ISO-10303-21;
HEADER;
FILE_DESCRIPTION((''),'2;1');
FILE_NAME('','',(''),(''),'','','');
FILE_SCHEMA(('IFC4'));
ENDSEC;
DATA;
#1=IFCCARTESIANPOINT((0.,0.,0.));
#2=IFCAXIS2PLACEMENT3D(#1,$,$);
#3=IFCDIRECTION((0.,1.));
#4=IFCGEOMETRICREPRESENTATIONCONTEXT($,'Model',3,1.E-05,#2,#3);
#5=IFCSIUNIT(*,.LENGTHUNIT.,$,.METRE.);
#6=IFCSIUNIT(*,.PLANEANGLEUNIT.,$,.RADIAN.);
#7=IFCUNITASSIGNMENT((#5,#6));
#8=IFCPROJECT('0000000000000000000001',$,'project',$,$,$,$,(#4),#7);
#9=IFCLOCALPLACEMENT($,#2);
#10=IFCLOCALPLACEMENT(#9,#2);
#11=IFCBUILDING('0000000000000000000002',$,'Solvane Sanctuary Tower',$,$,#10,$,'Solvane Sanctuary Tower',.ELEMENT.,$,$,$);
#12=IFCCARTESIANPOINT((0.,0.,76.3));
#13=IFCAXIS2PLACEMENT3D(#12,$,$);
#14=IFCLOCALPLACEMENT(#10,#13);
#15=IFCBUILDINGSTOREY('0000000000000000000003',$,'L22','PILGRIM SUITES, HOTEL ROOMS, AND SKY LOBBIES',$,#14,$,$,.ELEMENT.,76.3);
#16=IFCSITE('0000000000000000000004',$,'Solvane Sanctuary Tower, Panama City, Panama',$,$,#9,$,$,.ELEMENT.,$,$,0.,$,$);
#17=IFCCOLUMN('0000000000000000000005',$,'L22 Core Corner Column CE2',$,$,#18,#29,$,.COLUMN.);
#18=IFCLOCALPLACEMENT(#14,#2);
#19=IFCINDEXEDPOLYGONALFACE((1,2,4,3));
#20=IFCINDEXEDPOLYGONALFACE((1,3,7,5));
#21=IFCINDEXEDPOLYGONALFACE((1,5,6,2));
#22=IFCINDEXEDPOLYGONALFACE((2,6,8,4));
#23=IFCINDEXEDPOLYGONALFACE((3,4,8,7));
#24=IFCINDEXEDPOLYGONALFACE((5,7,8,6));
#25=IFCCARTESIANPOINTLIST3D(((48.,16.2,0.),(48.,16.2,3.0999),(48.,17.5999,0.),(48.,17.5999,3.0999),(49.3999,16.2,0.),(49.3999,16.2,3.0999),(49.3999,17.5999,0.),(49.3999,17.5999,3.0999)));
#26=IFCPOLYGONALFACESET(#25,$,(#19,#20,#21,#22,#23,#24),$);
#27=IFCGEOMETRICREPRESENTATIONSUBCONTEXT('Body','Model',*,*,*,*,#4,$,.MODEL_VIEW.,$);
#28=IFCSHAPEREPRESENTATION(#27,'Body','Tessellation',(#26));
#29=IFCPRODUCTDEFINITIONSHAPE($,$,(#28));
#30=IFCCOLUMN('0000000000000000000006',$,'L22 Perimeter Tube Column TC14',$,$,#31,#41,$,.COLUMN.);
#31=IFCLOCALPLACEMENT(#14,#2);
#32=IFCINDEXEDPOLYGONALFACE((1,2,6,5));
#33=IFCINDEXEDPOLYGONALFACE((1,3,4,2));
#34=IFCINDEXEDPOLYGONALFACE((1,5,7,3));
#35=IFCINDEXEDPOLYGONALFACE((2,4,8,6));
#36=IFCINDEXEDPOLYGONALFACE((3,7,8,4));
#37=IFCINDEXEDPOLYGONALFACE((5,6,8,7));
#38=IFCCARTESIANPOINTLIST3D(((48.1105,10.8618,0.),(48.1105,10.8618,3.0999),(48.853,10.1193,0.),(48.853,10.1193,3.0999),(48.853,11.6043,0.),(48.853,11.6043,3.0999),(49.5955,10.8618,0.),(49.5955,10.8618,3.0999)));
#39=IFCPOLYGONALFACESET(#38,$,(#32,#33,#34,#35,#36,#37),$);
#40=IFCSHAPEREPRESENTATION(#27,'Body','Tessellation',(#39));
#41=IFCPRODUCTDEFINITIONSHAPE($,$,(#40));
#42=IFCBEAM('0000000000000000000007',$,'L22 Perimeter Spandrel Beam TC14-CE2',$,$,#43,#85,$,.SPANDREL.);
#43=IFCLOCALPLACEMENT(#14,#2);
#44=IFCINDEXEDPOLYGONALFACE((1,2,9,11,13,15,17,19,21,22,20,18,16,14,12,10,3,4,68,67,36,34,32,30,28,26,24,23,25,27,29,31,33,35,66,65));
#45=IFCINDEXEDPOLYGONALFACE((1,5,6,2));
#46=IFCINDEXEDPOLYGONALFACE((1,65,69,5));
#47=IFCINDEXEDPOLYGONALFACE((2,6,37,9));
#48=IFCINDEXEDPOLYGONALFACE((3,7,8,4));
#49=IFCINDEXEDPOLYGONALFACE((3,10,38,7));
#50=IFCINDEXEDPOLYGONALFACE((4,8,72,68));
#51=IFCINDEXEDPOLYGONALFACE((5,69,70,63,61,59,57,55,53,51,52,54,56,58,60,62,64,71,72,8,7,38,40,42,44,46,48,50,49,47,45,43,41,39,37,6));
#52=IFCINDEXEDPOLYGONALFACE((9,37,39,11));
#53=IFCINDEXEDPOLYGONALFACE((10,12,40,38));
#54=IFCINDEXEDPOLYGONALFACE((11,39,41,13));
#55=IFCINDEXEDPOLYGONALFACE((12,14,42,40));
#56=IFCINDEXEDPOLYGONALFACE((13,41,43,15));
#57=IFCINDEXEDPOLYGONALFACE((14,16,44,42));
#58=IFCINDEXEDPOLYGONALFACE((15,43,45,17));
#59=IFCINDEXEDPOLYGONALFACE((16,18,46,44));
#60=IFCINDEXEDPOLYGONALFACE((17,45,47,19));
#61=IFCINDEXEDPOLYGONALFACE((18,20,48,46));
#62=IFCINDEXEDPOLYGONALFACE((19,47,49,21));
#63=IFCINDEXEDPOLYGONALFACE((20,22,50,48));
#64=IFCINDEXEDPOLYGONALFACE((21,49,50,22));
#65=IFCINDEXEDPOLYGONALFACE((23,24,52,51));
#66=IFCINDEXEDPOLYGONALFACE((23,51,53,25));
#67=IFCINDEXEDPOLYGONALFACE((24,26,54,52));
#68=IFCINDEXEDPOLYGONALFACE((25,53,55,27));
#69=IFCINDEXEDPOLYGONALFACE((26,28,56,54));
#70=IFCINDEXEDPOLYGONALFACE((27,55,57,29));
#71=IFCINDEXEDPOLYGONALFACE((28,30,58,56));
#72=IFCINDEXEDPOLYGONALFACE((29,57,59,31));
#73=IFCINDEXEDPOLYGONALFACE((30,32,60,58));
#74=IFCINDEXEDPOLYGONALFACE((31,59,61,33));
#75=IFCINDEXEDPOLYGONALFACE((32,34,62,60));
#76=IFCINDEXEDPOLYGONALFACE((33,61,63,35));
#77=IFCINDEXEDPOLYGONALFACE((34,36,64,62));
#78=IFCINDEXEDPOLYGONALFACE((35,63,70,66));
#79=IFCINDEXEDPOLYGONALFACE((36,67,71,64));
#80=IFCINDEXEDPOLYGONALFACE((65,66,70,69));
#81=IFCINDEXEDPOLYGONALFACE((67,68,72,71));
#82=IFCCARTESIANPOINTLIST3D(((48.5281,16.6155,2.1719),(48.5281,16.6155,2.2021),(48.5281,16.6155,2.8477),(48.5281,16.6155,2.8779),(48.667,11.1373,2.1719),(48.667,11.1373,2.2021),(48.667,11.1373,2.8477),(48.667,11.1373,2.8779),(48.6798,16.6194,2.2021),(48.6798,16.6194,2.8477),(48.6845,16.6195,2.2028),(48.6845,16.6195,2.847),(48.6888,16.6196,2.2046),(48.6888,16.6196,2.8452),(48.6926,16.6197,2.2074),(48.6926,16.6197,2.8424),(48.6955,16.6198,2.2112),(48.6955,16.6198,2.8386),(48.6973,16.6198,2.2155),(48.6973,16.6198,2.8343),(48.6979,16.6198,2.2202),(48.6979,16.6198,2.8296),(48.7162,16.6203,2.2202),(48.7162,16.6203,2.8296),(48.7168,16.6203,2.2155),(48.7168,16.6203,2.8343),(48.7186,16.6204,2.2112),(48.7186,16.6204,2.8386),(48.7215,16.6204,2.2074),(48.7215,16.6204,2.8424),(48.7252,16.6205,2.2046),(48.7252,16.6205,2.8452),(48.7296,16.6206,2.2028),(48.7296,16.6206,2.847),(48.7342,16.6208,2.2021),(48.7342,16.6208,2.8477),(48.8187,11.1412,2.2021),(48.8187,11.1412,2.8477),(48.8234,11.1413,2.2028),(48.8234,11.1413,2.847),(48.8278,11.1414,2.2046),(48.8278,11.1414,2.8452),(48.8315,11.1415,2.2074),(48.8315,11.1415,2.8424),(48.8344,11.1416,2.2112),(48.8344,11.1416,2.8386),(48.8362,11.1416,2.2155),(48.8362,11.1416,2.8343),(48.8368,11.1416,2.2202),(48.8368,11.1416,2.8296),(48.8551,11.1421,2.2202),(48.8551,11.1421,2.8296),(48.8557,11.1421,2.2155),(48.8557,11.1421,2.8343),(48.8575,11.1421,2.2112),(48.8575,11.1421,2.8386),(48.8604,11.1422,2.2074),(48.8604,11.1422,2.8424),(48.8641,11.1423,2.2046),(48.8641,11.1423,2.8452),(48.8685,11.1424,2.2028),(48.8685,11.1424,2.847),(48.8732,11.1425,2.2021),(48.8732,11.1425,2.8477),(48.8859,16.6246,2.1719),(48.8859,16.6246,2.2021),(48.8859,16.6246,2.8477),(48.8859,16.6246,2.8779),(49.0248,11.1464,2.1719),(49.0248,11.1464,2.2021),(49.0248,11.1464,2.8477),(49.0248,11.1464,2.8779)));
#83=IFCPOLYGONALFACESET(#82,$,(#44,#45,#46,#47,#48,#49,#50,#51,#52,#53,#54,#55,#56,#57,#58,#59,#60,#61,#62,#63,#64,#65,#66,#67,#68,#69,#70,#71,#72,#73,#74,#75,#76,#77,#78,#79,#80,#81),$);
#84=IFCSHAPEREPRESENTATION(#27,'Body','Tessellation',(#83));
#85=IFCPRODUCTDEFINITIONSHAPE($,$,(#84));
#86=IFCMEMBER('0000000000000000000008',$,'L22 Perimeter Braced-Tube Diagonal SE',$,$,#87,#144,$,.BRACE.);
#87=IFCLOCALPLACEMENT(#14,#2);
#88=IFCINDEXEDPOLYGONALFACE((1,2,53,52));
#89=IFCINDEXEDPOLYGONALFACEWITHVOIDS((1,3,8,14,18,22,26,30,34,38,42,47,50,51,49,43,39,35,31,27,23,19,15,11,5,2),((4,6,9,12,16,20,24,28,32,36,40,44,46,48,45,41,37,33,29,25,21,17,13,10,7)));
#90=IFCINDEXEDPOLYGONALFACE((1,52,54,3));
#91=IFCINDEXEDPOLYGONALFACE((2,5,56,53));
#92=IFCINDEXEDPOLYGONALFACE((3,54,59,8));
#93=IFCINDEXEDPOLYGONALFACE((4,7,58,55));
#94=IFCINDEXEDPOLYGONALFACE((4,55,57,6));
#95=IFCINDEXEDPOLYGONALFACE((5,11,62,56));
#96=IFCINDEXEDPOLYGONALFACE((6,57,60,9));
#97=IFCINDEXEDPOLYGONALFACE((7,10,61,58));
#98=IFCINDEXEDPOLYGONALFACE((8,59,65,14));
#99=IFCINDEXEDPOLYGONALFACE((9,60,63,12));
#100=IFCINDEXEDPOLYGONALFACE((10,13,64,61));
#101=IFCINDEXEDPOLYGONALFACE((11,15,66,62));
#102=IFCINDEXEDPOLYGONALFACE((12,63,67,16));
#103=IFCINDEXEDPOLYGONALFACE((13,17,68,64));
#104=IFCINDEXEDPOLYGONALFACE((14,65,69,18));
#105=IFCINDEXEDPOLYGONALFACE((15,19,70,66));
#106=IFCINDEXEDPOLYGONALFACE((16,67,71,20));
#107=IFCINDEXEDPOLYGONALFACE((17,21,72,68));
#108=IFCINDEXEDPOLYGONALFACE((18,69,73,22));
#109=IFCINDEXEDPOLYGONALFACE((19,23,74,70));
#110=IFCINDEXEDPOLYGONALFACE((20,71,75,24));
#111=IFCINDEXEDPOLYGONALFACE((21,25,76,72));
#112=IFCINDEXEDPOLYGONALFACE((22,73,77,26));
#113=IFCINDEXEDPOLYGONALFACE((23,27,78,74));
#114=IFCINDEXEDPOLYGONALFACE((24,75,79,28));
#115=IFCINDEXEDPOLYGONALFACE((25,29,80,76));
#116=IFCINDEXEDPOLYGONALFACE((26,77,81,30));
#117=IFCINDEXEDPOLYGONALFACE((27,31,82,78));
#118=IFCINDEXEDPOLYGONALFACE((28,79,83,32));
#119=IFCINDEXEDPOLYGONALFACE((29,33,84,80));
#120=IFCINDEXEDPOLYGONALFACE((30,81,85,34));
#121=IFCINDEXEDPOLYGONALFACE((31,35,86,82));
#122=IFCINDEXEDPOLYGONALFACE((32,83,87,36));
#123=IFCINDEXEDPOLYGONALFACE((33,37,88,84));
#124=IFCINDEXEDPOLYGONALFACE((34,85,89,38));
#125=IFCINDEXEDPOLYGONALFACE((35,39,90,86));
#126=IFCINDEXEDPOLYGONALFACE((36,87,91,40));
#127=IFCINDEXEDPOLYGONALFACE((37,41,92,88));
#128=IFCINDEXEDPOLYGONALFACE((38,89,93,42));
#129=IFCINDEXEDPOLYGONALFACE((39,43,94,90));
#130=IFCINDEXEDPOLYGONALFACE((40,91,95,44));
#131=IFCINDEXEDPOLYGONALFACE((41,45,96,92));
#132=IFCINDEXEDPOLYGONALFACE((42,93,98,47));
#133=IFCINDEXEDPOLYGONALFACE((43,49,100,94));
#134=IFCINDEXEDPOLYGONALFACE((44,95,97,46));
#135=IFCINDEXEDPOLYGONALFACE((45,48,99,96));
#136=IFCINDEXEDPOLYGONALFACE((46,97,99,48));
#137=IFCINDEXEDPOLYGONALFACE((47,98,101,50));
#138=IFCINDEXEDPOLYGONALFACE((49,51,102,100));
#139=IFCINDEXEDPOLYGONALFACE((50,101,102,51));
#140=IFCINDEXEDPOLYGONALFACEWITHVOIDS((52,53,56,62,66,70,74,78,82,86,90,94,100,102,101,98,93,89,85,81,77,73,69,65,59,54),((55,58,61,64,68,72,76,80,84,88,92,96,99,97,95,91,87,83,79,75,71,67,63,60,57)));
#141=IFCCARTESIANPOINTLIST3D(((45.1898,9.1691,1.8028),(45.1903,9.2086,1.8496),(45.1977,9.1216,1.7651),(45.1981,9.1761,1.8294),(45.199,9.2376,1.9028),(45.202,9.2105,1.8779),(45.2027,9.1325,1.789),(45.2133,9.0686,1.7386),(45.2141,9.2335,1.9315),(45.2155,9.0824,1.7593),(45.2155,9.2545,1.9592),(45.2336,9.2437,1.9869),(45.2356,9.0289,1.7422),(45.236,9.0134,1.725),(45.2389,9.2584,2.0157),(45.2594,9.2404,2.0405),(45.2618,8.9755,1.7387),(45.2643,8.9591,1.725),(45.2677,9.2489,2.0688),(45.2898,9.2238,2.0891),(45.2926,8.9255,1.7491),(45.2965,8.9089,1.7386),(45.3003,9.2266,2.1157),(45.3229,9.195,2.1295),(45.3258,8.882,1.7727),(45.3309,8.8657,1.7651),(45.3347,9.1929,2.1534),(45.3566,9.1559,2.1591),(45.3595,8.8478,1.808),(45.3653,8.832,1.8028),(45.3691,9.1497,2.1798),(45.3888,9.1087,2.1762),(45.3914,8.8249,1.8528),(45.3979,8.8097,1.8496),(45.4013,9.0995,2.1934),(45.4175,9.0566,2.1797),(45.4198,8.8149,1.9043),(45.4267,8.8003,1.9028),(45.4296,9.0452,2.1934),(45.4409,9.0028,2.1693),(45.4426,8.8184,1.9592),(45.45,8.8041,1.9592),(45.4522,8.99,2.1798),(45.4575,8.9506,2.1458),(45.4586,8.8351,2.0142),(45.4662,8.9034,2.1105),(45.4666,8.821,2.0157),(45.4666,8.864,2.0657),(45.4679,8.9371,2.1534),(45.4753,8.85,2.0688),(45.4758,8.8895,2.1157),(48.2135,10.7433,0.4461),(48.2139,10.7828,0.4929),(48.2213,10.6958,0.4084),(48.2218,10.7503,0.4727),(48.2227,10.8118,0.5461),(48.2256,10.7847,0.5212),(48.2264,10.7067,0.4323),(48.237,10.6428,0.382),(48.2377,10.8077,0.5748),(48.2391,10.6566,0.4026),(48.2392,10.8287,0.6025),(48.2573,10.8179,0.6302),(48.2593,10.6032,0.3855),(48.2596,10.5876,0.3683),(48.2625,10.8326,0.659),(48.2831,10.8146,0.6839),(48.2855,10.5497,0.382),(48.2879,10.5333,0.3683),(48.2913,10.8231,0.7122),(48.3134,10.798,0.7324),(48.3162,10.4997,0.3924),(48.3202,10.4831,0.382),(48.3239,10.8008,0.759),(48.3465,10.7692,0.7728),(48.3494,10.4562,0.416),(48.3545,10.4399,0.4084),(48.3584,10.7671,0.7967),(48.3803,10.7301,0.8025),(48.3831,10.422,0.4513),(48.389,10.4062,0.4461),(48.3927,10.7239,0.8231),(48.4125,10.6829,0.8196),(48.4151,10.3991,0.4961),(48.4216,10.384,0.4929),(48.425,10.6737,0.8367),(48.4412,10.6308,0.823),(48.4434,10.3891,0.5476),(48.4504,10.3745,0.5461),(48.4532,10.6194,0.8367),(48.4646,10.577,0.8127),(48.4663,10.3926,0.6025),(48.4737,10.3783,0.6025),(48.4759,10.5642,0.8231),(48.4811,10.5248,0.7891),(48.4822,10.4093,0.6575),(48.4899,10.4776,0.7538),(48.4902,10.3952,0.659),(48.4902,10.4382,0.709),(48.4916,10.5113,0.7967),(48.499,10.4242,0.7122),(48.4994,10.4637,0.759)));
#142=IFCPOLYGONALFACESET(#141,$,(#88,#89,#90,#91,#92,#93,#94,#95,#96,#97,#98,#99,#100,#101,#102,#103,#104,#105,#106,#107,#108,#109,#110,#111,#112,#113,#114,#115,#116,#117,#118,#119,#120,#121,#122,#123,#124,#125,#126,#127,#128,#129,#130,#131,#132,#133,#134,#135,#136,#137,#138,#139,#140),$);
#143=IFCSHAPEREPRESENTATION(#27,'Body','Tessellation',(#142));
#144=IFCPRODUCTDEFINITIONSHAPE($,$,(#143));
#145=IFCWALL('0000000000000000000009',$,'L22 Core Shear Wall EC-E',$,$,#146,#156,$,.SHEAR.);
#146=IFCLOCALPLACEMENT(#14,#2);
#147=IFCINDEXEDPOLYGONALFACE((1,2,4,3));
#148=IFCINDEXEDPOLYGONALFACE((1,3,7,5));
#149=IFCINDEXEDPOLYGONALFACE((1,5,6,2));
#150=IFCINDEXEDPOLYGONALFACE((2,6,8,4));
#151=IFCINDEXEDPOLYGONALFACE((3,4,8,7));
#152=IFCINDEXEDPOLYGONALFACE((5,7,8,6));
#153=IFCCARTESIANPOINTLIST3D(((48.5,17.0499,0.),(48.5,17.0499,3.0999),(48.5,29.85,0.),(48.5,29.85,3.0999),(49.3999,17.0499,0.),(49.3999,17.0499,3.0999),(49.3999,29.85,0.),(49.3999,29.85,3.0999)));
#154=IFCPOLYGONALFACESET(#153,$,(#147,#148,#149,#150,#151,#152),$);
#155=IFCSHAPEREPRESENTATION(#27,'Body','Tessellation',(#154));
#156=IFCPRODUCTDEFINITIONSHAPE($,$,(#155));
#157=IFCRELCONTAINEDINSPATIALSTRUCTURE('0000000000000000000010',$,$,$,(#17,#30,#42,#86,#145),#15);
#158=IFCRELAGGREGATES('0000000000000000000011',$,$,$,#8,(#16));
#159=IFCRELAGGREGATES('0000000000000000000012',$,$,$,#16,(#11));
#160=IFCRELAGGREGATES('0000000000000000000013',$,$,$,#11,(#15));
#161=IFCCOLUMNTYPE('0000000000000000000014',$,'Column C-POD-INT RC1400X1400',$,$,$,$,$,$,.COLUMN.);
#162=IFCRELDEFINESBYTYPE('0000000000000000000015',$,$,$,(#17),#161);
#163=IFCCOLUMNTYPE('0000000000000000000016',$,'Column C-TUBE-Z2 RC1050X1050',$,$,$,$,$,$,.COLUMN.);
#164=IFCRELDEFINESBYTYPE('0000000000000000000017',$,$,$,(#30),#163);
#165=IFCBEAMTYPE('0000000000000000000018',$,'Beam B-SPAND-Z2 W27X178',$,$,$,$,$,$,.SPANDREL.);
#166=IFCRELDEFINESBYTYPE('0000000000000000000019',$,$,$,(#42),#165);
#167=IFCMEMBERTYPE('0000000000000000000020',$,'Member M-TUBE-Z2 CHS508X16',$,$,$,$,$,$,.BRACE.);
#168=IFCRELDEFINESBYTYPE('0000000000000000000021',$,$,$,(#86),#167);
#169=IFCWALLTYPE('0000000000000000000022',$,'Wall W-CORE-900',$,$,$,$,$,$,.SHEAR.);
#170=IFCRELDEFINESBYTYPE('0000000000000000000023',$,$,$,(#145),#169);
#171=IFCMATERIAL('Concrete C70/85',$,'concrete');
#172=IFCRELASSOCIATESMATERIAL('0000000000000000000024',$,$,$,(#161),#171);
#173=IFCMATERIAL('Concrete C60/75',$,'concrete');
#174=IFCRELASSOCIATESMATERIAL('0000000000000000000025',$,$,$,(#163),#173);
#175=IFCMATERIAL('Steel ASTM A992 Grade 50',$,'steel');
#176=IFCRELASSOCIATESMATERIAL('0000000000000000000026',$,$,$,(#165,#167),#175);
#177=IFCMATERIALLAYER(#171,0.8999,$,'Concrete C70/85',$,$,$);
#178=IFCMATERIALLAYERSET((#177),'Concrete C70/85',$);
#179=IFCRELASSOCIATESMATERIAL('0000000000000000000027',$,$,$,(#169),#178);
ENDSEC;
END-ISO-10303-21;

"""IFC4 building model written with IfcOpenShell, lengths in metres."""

from ifc_helpers import new_model, si_unit, direction, frame, frame_2d, origin, origin_2d, place, context, subcontext, project, spatial, rectangle, hollow_circle, i_section, extrude, material, layer, layer_set, material_profile, profile_set, type_object, element, save


model = new_model("IFC4")

# Units and contexts
model_context = context("Model", 3, precision=1e-05, world=origin(), true_north=direction((0.0, 1.0)))
body_context = subcontext(model_context, "Body", "Model", "MODEL_VIEW")
ifc_project = project(units=[si_unit("LENGTHUNIT", "METRE"), si_unit("PLANEANGLEUNIT", "RADIAN")], contexts=[model_context])

# Site, building, storey
site_placement = place(None, origin())
site = spatial("IfcSite", under=ifc_project, at=site_placement, Name="Solvane Sanctuary Tower, Panama City, Panama", CompositionType="ELEMENT", RefElevation=0.0)
building_placement = place(site_placement, origin())
building = spatial("IfcBuilding", under=site, at=building_placement, Name="Solvane Sanctuary Tower", LongName="Solvane Sanctuary Tower", CompositionType="ELEMENT")
storey_placement = place(building_placement, frame((0.0, 0.0, 76.3)))
storey = spatial("IfcBuildingStorey", under=building, at=storey_placement, Name="L22", Description="PILGRIM SUITES, HOTEL ROOMS, AND SKY LOBBIES", CompositionType="ELEMENT", Elevation=76.3)

# Columns
ifc_material_1 = material(Name="Concrete C70/85", Category="concrete")
ifc_material_profile_1 = material_profile(ifc_material_1, rectangle(XDim=1.3999, YDim=1.3999, at=origin_2d()), Name="RC1400X1400")
ifc_profile_set_1 = profile_set([ifc_material_profile_1], Name="Concrete C70/85")
column_type_1 = type_object("IfcColumnType", Name="Column C-POD-INT RC1400X1400", PredefinedType="COLUMN", material=ifc_profile_set_1)
column_1_placement = place(storey_placement, frame((48.7, 16.8999, 0.0), z_axis=(0.0, 0.0, 1.0), x_axis=(1.0, 0.0, 0.0)))
element("IfcColumn", 1, at=column_1_placement, inside=storey, type_object=column_type_1, Name="L22 Core Corner Column CE2", PredefinedType="COLUMN", context=body_context, shape_type="SweptSolid", body=[
    extrude(rectangle(XDim=1.3999, YDim=1.3999, at=origin_2d()), origin(), (0.0, 0.0, 1.0), 3.0999),
])
ifc_material_2 = material(Name="Concrete C60/75", Category="concrete")
ifc_material_profile_2 = material_profile(ifc_material_2, rectangle(XDim=1.05, YDim=1.05, at=origin_2d()), Name="RC1050X1050")
ifc_profile_set_2 = profile_set([ifc_material_profile_2], Name="Concrete C60/75")
column_type_2 = type_object("IfcColumnType", Name="Column C-TUBE-Z2 RC1050X1050", PredefinedType="COLUMN", material=ifc_profile_set_2)
column_2_placement = place(storey_placement, frame((48.853, 10.8618, 0.0), z_axis=(0.0, 0.0, 1.0), x_axis=(0.707107, -0.707107, 0.0)))
element("IfcColumn", 2, at=column_2_placement, inside=storey, type_object=column_type_2, Name="L22 Perimeter Tube Column TC14", PredefinedType="COLUMN", context=body_context, shape_type="SweptSolid", body=[
    extrude(rectangle(XDim=1.05, YDim=1.05, at=origin_2d()), origin(), (0.0, 0.0, 1.0), 3.0999),
])

# Beam
ifc_material_3 = material(Name="Steel ASTM A992 Grade 50", Category="steel")
ifc_material_profile_3 = material_profile(ifc_material_3, i_section(OverallWidth=0.3579, OverallDepth=0.7061, WebThickness=0.0183, FlangeThickness=0.0303, FilletRadius=0.0181, at=origin_2d()), Name="W27X178")
ifc_profile_set_3 = profile_set([ifc_material_profile_3], Name="Steel ASTM A992 Grade 50")
beam_type = type_object("IfcBeamType", Name="Beam B-SPAND-Z2 W27X178", PredefinedType="SPANDREL", material=ifc_profile_set_3)
beam_placement = place(storey_placement, frame((48.8459, 11.1418, 2.5249), z_axis=(-0.025349, 0.999679, 0.0), x_axis=(-0.999679, -0.025349, 0.0)))
element("IfcBeam", 3, at=beam_placement, inside=storey, type_object=beam_type, Name="L22 Perimeter Spandrel Beam TC14-CE2", PredefinedType="SPANDREL", context=body_context, shape_type="SweptSolid", body=[
    extrude(i_section(OverallWidth=0.3579, OverallDepth=0.7061, WebThickness=0.0183, FlangeThickness=0.0303, FilletRadius=0.0181, at=origin_2d()), origin(), (0.0, 0.0, 1.0), 5.48),
])

# Member
ifc_material_profile_4 = material_profile(ifc_material_3, hollow_circle(Radius=0.2539, WallThickness=0.0161, at=origin_2d()), Name="CHS508X16")
ifc_profile_set_4 = profile_set([ifc_material_profile_4], Name="Steel ASTM A992 Grade 50")
member_type = type_object("IfcMemberType", Name="Member M-TUBE-Z2 CHS508X16", PredefinedType="BRACE", material=ifc_profile_set_4)
member_placement = place(storey_placement, frame((48.3564, 10.6035, 0.6025), z_axis=(-0.82412, -0.429062, 0.369773), x_axis=(0.461792, -0.886988, 0.0)))
element("IfcMember", 4, at=member_placement, inside=storey, type_object=member_type, Name="L22 Perimeter Braced-Tube Diagonal SE", PredefinedType="BRACE", context=body_context, shape_type="SweptSolid", body=[
    extrude(hollow_circle(Radius=0.2539, WallThickness=0.0161, at=origin_2d()), origin(), (0.0, 0.0, 1.0), 3.6689),
])

# Wall
ifc_layer_1 = layer(ifc_material_1, 0.8999, Name="Concrete C70/85")
ifc_layer_set_1 = layer_set([ifc_layer_1], Name="Concrete C70/85")
wall_type_1 = type_object("IfcWallType", Name="Wall W-CORE-900", PredefinedType="SHEAR", material=ifc_layer_set_1)
wall_1_placement = place(storey_placement, frame((48.95, 17.05, 0.0), z_axis=(0.0, 0.0, 1.0), x_axis=(0.0, 1.0, 0.0)))
element("IfcWall", 5, at=wall_1_placement, inside=storey, type_object=wall_type_1, Name="L22 Core Shear Wall EC-E", PredefinedType="SHEAR", context=body_context, shape_type="SweptSolid", body=[
    extrude(rectangle(XDim=12.8, YDim=0.8999, at=frame_2d((6.3999, 0.0))), origin(), (0.0, 0.0, 1.0), 3.0999),
])

save(model, "model.ifc")
